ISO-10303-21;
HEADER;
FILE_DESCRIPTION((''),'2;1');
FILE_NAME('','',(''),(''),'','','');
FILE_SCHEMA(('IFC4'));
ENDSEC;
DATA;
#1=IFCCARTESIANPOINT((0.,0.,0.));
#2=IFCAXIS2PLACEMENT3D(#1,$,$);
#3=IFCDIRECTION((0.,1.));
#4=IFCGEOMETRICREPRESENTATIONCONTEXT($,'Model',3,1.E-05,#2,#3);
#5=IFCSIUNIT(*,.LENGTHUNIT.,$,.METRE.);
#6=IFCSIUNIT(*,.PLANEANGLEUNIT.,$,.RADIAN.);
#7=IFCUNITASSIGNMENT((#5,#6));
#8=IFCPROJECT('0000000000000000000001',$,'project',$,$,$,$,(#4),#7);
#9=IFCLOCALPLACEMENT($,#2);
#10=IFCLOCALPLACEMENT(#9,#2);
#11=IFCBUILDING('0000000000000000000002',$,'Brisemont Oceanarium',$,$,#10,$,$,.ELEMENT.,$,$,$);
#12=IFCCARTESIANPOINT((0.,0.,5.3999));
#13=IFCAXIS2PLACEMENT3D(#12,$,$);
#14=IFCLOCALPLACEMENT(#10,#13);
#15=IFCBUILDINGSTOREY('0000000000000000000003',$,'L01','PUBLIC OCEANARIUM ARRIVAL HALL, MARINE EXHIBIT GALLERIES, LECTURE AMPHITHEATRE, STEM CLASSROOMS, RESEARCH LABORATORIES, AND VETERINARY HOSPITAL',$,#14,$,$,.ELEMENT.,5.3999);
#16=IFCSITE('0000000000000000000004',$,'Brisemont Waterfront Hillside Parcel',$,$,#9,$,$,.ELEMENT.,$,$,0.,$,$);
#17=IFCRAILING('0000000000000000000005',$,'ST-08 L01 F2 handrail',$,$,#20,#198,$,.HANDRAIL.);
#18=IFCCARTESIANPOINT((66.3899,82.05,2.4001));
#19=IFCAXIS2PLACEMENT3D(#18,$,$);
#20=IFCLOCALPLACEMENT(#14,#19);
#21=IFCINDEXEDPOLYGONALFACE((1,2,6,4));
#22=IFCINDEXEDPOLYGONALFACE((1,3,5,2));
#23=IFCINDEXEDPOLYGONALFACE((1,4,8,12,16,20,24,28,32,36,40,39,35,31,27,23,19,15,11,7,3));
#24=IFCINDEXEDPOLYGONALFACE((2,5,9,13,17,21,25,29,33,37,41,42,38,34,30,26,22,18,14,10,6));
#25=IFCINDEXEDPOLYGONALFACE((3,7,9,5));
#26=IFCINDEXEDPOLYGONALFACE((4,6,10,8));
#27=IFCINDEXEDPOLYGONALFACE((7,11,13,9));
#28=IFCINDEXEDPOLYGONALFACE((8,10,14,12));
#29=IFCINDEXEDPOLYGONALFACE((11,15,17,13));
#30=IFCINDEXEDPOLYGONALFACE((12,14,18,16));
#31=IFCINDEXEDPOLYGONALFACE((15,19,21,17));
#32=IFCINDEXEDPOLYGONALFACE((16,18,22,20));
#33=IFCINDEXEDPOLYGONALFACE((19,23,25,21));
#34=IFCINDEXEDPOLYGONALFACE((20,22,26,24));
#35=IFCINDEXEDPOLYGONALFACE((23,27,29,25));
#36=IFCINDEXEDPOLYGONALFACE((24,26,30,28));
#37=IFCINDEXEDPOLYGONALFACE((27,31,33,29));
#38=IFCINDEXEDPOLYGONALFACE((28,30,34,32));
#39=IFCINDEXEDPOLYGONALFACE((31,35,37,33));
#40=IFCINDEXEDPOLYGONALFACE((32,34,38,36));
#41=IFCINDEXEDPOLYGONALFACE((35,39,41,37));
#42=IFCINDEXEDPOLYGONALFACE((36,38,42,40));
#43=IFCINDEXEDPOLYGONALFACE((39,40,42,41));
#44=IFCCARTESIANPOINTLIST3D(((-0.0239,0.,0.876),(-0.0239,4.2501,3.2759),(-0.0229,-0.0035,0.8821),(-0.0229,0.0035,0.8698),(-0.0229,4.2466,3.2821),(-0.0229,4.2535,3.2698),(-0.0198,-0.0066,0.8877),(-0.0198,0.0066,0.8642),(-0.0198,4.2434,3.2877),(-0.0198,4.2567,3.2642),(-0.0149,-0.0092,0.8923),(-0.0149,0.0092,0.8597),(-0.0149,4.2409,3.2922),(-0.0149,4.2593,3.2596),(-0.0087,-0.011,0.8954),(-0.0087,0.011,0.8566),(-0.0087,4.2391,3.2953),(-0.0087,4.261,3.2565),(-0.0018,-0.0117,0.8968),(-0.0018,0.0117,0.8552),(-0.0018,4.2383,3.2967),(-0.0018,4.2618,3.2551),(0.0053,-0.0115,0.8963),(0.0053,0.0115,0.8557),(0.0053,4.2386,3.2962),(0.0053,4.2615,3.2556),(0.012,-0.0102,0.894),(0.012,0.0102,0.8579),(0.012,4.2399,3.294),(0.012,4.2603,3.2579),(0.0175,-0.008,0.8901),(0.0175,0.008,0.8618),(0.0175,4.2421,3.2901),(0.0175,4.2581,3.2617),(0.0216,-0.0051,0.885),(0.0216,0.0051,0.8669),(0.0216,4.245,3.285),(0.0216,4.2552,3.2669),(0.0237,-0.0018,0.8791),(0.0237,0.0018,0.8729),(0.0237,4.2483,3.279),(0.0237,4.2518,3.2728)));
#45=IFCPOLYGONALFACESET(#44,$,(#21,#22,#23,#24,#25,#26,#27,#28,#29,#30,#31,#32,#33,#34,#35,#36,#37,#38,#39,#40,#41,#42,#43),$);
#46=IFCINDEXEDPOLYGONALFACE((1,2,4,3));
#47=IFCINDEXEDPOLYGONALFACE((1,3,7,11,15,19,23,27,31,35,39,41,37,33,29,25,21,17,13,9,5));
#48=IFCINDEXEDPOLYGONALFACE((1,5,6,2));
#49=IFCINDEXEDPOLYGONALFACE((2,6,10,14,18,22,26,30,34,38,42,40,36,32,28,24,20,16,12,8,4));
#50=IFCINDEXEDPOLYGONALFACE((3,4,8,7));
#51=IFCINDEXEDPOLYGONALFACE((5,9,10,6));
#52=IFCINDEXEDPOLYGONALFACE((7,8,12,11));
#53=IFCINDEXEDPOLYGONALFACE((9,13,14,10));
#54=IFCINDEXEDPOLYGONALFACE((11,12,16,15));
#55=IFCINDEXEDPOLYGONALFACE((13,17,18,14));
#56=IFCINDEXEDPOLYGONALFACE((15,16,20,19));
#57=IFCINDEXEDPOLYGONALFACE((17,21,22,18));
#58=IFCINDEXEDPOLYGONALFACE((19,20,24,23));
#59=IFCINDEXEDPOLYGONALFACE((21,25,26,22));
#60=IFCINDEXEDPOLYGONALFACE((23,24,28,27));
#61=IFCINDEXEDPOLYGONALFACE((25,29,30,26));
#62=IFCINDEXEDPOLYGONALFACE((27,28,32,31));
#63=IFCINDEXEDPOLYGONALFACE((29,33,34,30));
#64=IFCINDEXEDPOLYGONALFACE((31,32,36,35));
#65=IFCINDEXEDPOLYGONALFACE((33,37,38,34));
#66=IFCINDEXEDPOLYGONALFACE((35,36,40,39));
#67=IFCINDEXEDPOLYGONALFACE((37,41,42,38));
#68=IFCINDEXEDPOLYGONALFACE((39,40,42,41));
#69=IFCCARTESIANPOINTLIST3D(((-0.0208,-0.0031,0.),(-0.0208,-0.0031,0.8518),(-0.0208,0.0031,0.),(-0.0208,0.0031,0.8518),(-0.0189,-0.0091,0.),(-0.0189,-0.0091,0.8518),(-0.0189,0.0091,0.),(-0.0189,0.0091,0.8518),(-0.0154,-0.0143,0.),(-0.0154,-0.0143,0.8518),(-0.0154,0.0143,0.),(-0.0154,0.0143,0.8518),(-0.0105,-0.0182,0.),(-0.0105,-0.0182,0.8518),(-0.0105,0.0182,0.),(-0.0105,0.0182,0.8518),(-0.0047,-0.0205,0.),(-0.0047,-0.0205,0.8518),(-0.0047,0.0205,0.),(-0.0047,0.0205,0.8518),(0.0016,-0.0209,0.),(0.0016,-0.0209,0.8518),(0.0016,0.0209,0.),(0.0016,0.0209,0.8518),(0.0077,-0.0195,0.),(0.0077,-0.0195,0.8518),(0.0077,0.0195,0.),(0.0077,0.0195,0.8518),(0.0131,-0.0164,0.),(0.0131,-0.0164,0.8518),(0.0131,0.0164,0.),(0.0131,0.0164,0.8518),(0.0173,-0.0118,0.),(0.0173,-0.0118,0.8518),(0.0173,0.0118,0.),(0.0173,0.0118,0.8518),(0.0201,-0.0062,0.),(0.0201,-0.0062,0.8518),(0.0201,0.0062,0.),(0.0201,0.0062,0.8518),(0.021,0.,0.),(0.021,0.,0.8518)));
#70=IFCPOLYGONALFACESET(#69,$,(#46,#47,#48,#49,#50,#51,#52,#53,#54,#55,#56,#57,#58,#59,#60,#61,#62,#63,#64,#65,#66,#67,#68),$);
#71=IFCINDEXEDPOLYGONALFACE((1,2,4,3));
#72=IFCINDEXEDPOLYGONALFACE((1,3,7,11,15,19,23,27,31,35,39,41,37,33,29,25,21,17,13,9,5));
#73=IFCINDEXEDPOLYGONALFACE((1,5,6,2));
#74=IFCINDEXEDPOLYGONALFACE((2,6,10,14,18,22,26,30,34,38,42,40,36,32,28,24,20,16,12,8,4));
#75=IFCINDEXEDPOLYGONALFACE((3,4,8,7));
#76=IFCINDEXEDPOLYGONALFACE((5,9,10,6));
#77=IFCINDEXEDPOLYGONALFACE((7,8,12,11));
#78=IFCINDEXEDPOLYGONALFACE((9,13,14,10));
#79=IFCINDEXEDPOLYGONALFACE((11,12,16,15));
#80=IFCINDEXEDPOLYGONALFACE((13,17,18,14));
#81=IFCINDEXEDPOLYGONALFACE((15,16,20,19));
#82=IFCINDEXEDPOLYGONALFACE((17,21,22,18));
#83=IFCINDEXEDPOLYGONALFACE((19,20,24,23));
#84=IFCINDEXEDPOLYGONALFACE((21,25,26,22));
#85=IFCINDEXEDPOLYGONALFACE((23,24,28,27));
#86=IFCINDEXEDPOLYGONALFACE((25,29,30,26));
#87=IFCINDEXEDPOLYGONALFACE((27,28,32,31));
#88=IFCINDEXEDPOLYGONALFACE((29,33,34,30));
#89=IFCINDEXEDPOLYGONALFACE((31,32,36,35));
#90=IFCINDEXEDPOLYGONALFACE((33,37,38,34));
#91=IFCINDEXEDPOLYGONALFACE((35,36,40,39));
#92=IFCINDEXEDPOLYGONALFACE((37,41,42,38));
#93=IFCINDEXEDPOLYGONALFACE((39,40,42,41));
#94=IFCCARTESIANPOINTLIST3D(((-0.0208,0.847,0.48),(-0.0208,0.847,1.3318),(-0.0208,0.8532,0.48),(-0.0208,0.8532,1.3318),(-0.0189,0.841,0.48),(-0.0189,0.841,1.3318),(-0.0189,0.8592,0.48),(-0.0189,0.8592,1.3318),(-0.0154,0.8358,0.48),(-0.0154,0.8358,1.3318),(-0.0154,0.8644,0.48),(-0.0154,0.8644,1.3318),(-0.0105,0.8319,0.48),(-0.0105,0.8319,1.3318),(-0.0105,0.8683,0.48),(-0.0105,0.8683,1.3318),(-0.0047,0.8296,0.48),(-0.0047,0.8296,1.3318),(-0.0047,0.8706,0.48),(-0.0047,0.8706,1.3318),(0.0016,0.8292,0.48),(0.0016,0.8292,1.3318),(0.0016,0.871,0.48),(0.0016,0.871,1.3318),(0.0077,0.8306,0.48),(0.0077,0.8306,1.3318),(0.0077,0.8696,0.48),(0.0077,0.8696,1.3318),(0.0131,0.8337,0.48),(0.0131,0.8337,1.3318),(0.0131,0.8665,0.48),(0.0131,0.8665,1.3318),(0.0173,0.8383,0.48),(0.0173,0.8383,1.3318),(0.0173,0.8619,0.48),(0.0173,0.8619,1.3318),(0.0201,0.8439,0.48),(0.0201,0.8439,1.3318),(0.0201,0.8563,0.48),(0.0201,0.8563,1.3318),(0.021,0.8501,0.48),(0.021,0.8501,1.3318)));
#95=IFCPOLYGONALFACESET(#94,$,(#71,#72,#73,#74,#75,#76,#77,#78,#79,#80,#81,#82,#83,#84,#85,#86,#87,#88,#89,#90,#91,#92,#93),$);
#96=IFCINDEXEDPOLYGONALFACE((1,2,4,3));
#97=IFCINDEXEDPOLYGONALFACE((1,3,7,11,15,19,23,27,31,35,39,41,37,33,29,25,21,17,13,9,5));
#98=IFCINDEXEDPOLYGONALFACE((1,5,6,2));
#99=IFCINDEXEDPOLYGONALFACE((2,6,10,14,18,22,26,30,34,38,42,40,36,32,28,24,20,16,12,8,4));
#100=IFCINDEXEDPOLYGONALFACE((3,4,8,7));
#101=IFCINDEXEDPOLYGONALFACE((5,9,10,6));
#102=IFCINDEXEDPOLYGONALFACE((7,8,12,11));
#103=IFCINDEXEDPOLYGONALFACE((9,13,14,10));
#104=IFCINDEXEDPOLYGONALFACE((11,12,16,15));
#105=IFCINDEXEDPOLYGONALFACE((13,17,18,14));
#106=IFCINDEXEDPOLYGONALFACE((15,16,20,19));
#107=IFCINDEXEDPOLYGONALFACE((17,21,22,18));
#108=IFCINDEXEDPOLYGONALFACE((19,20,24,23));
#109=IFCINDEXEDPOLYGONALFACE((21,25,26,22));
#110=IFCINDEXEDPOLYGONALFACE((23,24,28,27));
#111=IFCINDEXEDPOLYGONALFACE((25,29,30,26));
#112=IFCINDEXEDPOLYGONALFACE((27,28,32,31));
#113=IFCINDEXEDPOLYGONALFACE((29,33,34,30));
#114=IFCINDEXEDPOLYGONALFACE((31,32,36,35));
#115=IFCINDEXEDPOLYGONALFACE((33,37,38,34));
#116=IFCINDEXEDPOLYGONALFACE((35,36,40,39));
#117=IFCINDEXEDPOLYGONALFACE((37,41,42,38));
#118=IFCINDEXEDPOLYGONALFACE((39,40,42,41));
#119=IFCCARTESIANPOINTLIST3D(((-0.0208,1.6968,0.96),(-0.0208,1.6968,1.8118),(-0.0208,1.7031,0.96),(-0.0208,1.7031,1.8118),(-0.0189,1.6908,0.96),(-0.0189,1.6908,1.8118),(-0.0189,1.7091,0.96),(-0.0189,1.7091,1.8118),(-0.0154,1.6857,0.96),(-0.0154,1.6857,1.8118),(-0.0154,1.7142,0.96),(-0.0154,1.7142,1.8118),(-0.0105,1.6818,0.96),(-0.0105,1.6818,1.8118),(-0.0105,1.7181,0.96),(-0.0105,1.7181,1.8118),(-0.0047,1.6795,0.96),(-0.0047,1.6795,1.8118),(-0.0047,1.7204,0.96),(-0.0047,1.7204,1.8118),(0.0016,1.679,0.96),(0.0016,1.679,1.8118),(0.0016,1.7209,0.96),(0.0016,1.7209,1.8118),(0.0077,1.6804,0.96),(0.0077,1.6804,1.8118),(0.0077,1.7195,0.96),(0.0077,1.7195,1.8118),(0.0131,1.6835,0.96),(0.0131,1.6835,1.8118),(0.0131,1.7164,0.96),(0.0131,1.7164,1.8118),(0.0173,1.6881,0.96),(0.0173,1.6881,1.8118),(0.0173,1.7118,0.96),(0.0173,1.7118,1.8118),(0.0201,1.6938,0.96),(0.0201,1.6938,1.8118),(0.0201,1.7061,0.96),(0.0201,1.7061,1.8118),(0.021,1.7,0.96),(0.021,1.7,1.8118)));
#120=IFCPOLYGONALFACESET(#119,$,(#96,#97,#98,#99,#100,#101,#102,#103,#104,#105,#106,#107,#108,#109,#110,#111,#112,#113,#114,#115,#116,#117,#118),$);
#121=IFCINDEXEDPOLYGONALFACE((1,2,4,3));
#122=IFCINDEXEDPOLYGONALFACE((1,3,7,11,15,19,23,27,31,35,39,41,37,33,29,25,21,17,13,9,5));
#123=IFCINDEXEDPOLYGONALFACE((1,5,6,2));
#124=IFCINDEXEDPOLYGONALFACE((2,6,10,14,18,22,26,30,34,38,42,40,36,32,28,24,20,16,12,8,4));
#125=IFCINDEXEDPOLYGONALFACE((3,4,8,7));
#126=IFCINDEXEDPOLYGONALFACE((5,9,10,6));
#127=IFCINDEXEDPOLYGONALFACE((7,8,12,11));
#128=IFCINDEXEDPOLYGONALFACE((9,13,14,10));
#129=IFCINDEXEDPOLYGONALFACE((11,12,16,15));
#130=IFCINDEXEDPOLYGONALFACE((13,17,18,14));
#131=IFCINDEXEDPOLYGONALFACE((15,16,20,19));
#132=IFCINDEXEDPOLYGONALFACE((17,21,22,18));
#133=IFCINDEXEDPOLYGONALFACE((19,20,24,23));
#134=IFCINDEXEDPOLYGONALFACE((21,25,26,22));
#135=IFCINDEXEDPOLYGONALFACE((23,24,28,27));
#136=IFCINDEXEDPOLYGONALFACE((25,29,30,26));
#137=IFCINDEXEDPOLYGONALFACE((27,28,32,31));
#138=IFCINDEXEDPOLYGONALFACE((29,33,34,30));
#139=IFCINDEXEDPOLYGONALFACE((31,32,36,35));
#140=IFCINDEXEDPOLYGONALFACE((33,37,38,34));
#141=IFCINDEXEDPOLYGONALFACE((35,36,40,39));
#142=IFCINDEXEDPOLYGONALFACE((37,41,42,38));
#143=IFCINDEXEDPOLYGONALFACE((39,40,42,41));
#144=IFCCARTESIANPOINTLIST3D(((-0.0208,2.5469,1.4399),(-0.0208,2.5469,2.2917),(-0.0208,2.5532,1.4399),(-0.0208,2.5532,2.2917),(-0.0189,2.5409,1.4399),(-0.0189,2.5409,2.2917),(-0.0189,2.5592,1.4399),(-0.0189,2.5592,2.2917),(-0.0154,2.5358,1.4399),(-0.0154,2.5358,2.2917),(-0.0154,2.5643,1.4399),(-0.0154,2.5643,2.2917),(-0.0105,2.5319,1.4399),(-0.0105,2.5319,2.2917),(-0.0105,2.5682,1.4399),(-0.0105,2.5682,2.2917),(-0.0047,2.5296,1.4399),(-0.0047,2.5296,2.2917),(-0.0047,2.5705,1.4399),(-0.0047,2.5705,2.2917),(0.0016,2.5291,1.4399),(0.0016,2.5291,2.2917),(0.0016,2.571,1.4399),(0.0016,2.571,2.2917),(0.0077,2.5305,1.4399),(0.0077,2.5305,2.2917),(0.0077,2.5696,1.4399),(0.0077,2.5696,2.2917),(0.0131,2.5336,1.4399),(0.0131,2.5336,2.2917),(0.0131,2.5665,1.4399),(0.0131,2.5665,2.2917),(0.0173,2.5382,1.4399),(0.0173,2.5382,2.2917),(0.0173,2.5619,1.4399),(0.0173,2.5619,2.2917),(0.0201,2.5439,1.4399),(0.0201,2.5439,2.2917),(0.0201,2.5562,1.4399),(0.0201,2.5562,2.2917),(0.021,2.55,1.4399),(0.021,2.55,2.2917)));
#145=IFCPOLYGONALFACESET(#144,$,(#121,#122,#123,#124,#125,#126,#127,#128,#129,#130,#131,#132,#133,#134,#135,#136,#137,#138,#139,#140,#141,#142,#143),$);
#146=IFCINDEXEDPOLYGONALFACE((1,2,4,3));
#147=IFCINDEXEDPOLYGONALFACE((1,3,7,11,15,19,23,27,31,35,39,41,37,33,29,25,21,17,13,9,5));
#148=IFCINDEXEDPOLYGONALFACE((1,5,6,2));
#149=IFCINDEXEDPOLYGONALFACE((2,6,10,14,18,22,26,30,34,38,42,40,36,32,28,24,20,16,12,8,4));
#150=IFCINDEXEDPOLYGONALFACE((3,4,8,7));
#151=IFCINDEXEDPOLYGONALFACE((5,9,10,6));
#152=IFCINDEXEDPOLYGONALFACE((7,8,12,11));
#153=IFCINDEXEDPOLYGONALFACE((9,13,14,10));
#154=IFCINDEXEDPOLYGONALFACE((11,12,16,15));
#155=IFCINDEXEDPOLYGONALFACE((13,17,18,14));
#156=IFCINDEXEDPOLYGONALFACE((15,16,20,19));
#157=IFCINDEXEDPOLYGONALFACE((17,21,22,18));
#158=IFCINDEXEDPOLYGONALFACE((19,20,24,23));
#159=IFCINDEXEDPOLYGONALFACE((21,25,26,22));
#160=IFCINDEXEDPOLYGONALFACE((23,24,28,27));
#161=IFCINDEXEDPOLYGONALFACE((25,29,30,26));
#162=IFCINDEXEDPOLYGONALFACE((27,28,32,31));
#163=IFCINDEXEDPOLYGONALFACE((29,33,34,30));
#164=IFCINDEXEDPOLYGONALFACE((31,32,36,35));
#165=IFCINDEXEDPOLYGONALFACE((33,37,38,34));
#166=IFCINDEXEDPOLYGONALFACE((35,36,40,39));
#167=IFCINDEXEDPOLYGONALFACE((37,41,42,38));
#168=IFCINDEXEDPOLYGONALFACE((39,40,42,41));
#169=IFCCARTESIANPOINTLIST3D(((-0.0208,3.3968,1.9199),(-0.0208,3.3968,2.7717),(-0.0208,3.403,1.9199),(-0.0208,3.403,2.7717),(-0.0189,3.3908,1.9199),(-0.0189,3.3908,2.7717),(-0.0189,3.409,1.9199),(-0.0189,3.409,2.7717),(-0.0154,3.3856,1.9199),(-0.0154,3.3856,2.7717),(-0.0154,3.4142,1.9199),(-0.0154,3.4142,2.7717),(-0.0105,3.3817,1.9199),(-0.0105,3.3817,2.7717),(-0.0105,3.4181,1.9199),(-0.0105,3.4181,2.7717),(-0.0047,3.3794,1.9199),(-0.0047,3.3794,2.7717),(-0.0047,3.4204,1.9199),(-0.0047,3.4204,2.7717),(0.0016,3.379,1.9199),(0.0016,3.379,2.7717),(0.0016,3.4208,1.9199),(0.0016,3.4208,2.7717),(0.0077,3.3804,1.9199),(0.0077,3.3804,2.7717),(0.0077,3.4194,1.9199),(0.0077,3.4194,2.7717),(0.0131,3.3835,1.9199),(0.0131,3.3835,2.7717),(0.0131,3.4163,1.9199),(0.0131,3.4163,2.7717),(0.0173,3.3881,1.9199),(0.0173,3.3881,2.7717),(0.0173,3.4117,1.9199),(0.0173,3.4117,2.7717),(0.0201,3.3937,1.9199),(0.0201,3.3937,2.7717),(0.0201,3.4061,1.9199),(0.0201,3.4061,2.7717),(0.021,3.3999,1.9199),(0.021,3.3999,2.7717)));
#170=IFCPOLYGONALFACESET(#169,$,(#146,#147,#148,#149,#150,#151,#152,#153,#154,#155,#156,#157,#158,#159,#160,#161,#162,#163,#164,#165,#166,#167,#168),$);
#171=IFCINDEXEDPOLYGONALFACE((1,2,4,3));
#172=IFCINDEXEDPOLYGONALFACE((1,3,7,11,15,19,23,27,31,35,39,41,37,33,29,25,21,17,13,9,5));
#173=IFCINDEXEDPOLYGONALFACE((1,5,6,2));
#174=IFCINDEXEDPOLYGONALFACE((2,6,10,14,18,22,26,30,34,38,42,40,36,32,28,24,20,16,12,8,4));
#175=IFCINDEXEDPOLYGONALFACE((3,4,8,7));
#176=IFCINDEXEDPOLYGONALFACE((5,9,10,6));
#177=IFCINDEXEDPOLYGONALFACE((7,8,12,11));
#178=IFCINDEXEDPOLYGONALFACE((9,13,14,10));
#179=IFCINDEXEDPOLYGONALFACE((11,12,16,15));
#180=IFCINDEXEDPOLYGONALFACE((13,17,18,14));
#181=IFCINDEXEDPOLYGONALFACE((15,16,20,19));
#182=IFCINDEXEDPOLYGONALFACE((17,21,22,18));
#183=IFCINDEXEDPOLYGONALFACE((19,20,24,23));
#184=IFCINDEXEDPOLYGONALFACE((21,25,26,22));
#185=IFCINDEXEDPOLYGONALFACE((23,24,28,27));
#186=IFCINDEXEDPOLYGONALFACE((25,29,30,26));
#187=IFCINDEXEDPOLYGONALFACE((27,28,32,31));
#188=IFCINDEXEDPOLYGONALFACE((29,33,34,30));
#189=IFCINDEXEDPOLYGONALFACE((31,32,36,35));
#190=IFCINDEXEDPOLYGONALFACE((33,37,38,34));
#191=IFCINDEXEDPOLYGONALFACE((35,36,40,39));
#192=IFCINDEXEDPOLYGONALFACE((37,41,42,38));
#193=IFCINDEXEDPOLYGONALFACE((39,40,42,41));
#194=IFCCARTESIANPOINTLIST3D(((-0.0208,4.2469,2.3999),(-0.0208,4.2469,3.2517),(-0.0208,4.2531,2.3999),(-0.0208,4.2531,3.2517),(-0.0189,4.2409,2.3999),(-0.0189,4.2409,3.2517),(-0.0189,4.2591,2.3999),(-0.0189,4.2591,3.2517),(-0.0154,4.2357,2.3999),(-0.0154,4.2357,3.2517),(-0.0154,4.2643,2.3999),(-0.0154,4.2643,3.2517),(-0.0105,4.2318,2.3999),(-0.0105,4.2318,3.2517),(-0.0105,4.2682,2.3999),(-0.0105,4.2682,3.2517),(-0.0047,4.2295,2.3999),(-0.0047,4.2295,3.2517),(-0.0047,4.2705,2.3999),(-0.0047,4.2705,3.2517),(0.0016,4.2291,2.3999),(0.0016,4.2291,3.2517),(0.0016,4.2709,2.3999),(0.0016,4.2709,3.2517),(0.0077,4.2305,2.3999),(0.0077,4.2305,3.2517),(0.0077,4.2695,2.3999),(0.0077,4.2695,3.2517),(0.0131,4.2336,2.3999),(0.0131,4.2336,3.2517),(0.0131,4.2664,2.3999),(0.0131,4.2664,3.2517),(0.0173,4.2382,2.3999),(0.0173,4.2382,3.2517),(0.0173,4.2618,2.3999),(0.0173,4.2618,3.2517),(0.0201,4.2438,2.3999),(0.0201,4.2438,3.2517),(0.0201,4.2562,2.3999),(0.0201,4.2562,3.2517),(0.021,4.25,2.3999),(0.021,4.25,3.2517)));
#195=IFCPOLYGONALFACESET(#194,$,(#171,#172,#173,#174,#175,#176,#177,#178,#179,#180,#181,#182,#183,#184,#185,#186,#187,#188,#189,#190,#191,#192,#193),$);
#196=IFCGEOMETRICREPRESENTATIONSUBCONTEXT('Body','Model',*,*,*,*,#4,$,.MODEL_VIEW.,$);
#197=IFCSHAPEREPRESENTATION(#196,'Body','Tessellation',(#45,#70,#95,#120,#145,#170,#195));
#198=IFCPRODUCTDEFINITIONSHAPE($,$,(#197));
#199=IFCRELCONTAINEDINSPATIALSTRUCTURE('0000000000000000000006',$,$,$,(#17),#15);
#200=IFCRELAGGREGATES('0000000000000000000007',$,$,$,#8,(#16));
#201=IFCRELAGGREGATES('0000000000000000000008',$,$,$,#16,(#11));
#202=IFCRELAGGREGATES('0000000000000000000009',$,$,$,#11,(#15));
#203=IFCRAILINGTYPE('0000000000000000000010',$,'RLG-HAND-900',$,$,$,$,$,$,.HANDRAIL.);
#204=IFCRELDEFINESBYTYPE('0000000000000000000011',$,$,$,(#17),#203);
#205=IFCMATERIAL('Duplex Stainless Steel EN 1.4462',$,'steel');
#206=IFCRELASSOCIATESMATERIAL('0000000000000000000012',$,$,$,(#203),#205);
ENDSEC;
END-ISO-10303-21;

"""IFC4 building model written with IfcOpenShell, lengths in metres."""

from ifc_helpers import new_model, si_unit, direction, frame, origin, origin_2d, place, context, subcontext, project, spatial, circle, extrude, material, type_object, element, save


model = new_model("IFC4")

# Units and contexts
model_context = context("Model", 3, precision=1e-05, world=origin(), true_north=direction((0.0, 1.0)))
body_context = subcontext(model_context, "Body", "Model", "MODEL_VIEW")
ifc_project = project(units=[si_unit("LENGTHUNIT", "METRE"), si_unit("PLANEANGLEUNIT", "RADIAN")], contexts=[model_context])

# Site, building, storey
site_placement = place(None, origin())
site = spatial("IfcSite", under=ifc_project, at=site_placement, Name="Brisemont Waterfront Hillside Parcel", CompositionType="ELEMENT", RefElevation=0.0)
building_placement = place(site_placement, origin())
building = spatial("IfcBuilding", under=site, at=building_placement, Name="Brisemont Oceanarium", CompositionType="ELEMENT")
storey_placement = place(building_placement, frame((0.0, 0.0, 5.3999)))
storey = spatial("IfcBuildingStorey", under=building, at=storey_placement, Name="L01", Description="PUBLIC OCEANARIUM ARRIVAL HALL, MARINE EXHIBIT GALLERIES, LECTURE AMPHITHEATRE, STEM CLASSROOMS, RESEARCH LABORATORIES, AND VETERINARY HOSPITAL", CompositionType="ELEMENT", Elevation=5.3999)

# Railing
ifc_material_1 = material(Name="Duplex Stainless Steel EN 1.4462", Category="steel")
railing_type_1 = type_object("IfcRailingType", Name="RLG-HAND-900", PredefinedType="HANDRAIL", material=ifc_material_1)
railing_1_placement = place(storey_placement, frame((66.3899, 82.05, 2.4001)))
element("IfcRailing", 1, at=railing_1_placement, inside=storey, type_object=railing_type_1, Name="ST-08 L01 F2 handrail", PredefinedType="HANDRAIL", context=body_context, shape_type="SweptSolid", body=[
    extrude(circle(Radius=0.0239, at=origin_2d()), frame((0.0, 0.0, 0.876), z_axis=(0.0, 0.870762, 0.491704), x_axis=(-1.0, 0.0, 0.0)), (0.0, 0.0, 1.0), 4.8809),
    extrude(circle(Radius=0.021, at=origin_2d()), origin(), (0.0, 0.0, 1.0), 0.8518),
    extrude(circle(Radius=0.021, at=origin_2d()), frame((0.0, 0.8501, 0.48)), (0.0, 0.0, 1.0), 0.8518),
    extrude(circle(Radius=0.021, at=origin_2d()), frame((0.0, 1.7, 0.96)), (0.0, 0.0, 1.0), 0.8518),
    extrude(circle(Radius=0.021, at=origin_2d()), frame((0.0, 2.55, 1.4399)), (0.0, 0.0, 1.0), 0.8518),
    extrude(circle(Radius=0.021, at=origin_2d()), frame((0.0, 3.3999, 1.9199)), (0.0, 0.0, 1.0), 0.8518),
    extrude(circle(Radius=0.021, at=origin_2d()), frame((0.0, 4.25, 2.3999)), (0.0, 0.0, 1.0), 0.8518),
])

save(model, "model.ifc")
